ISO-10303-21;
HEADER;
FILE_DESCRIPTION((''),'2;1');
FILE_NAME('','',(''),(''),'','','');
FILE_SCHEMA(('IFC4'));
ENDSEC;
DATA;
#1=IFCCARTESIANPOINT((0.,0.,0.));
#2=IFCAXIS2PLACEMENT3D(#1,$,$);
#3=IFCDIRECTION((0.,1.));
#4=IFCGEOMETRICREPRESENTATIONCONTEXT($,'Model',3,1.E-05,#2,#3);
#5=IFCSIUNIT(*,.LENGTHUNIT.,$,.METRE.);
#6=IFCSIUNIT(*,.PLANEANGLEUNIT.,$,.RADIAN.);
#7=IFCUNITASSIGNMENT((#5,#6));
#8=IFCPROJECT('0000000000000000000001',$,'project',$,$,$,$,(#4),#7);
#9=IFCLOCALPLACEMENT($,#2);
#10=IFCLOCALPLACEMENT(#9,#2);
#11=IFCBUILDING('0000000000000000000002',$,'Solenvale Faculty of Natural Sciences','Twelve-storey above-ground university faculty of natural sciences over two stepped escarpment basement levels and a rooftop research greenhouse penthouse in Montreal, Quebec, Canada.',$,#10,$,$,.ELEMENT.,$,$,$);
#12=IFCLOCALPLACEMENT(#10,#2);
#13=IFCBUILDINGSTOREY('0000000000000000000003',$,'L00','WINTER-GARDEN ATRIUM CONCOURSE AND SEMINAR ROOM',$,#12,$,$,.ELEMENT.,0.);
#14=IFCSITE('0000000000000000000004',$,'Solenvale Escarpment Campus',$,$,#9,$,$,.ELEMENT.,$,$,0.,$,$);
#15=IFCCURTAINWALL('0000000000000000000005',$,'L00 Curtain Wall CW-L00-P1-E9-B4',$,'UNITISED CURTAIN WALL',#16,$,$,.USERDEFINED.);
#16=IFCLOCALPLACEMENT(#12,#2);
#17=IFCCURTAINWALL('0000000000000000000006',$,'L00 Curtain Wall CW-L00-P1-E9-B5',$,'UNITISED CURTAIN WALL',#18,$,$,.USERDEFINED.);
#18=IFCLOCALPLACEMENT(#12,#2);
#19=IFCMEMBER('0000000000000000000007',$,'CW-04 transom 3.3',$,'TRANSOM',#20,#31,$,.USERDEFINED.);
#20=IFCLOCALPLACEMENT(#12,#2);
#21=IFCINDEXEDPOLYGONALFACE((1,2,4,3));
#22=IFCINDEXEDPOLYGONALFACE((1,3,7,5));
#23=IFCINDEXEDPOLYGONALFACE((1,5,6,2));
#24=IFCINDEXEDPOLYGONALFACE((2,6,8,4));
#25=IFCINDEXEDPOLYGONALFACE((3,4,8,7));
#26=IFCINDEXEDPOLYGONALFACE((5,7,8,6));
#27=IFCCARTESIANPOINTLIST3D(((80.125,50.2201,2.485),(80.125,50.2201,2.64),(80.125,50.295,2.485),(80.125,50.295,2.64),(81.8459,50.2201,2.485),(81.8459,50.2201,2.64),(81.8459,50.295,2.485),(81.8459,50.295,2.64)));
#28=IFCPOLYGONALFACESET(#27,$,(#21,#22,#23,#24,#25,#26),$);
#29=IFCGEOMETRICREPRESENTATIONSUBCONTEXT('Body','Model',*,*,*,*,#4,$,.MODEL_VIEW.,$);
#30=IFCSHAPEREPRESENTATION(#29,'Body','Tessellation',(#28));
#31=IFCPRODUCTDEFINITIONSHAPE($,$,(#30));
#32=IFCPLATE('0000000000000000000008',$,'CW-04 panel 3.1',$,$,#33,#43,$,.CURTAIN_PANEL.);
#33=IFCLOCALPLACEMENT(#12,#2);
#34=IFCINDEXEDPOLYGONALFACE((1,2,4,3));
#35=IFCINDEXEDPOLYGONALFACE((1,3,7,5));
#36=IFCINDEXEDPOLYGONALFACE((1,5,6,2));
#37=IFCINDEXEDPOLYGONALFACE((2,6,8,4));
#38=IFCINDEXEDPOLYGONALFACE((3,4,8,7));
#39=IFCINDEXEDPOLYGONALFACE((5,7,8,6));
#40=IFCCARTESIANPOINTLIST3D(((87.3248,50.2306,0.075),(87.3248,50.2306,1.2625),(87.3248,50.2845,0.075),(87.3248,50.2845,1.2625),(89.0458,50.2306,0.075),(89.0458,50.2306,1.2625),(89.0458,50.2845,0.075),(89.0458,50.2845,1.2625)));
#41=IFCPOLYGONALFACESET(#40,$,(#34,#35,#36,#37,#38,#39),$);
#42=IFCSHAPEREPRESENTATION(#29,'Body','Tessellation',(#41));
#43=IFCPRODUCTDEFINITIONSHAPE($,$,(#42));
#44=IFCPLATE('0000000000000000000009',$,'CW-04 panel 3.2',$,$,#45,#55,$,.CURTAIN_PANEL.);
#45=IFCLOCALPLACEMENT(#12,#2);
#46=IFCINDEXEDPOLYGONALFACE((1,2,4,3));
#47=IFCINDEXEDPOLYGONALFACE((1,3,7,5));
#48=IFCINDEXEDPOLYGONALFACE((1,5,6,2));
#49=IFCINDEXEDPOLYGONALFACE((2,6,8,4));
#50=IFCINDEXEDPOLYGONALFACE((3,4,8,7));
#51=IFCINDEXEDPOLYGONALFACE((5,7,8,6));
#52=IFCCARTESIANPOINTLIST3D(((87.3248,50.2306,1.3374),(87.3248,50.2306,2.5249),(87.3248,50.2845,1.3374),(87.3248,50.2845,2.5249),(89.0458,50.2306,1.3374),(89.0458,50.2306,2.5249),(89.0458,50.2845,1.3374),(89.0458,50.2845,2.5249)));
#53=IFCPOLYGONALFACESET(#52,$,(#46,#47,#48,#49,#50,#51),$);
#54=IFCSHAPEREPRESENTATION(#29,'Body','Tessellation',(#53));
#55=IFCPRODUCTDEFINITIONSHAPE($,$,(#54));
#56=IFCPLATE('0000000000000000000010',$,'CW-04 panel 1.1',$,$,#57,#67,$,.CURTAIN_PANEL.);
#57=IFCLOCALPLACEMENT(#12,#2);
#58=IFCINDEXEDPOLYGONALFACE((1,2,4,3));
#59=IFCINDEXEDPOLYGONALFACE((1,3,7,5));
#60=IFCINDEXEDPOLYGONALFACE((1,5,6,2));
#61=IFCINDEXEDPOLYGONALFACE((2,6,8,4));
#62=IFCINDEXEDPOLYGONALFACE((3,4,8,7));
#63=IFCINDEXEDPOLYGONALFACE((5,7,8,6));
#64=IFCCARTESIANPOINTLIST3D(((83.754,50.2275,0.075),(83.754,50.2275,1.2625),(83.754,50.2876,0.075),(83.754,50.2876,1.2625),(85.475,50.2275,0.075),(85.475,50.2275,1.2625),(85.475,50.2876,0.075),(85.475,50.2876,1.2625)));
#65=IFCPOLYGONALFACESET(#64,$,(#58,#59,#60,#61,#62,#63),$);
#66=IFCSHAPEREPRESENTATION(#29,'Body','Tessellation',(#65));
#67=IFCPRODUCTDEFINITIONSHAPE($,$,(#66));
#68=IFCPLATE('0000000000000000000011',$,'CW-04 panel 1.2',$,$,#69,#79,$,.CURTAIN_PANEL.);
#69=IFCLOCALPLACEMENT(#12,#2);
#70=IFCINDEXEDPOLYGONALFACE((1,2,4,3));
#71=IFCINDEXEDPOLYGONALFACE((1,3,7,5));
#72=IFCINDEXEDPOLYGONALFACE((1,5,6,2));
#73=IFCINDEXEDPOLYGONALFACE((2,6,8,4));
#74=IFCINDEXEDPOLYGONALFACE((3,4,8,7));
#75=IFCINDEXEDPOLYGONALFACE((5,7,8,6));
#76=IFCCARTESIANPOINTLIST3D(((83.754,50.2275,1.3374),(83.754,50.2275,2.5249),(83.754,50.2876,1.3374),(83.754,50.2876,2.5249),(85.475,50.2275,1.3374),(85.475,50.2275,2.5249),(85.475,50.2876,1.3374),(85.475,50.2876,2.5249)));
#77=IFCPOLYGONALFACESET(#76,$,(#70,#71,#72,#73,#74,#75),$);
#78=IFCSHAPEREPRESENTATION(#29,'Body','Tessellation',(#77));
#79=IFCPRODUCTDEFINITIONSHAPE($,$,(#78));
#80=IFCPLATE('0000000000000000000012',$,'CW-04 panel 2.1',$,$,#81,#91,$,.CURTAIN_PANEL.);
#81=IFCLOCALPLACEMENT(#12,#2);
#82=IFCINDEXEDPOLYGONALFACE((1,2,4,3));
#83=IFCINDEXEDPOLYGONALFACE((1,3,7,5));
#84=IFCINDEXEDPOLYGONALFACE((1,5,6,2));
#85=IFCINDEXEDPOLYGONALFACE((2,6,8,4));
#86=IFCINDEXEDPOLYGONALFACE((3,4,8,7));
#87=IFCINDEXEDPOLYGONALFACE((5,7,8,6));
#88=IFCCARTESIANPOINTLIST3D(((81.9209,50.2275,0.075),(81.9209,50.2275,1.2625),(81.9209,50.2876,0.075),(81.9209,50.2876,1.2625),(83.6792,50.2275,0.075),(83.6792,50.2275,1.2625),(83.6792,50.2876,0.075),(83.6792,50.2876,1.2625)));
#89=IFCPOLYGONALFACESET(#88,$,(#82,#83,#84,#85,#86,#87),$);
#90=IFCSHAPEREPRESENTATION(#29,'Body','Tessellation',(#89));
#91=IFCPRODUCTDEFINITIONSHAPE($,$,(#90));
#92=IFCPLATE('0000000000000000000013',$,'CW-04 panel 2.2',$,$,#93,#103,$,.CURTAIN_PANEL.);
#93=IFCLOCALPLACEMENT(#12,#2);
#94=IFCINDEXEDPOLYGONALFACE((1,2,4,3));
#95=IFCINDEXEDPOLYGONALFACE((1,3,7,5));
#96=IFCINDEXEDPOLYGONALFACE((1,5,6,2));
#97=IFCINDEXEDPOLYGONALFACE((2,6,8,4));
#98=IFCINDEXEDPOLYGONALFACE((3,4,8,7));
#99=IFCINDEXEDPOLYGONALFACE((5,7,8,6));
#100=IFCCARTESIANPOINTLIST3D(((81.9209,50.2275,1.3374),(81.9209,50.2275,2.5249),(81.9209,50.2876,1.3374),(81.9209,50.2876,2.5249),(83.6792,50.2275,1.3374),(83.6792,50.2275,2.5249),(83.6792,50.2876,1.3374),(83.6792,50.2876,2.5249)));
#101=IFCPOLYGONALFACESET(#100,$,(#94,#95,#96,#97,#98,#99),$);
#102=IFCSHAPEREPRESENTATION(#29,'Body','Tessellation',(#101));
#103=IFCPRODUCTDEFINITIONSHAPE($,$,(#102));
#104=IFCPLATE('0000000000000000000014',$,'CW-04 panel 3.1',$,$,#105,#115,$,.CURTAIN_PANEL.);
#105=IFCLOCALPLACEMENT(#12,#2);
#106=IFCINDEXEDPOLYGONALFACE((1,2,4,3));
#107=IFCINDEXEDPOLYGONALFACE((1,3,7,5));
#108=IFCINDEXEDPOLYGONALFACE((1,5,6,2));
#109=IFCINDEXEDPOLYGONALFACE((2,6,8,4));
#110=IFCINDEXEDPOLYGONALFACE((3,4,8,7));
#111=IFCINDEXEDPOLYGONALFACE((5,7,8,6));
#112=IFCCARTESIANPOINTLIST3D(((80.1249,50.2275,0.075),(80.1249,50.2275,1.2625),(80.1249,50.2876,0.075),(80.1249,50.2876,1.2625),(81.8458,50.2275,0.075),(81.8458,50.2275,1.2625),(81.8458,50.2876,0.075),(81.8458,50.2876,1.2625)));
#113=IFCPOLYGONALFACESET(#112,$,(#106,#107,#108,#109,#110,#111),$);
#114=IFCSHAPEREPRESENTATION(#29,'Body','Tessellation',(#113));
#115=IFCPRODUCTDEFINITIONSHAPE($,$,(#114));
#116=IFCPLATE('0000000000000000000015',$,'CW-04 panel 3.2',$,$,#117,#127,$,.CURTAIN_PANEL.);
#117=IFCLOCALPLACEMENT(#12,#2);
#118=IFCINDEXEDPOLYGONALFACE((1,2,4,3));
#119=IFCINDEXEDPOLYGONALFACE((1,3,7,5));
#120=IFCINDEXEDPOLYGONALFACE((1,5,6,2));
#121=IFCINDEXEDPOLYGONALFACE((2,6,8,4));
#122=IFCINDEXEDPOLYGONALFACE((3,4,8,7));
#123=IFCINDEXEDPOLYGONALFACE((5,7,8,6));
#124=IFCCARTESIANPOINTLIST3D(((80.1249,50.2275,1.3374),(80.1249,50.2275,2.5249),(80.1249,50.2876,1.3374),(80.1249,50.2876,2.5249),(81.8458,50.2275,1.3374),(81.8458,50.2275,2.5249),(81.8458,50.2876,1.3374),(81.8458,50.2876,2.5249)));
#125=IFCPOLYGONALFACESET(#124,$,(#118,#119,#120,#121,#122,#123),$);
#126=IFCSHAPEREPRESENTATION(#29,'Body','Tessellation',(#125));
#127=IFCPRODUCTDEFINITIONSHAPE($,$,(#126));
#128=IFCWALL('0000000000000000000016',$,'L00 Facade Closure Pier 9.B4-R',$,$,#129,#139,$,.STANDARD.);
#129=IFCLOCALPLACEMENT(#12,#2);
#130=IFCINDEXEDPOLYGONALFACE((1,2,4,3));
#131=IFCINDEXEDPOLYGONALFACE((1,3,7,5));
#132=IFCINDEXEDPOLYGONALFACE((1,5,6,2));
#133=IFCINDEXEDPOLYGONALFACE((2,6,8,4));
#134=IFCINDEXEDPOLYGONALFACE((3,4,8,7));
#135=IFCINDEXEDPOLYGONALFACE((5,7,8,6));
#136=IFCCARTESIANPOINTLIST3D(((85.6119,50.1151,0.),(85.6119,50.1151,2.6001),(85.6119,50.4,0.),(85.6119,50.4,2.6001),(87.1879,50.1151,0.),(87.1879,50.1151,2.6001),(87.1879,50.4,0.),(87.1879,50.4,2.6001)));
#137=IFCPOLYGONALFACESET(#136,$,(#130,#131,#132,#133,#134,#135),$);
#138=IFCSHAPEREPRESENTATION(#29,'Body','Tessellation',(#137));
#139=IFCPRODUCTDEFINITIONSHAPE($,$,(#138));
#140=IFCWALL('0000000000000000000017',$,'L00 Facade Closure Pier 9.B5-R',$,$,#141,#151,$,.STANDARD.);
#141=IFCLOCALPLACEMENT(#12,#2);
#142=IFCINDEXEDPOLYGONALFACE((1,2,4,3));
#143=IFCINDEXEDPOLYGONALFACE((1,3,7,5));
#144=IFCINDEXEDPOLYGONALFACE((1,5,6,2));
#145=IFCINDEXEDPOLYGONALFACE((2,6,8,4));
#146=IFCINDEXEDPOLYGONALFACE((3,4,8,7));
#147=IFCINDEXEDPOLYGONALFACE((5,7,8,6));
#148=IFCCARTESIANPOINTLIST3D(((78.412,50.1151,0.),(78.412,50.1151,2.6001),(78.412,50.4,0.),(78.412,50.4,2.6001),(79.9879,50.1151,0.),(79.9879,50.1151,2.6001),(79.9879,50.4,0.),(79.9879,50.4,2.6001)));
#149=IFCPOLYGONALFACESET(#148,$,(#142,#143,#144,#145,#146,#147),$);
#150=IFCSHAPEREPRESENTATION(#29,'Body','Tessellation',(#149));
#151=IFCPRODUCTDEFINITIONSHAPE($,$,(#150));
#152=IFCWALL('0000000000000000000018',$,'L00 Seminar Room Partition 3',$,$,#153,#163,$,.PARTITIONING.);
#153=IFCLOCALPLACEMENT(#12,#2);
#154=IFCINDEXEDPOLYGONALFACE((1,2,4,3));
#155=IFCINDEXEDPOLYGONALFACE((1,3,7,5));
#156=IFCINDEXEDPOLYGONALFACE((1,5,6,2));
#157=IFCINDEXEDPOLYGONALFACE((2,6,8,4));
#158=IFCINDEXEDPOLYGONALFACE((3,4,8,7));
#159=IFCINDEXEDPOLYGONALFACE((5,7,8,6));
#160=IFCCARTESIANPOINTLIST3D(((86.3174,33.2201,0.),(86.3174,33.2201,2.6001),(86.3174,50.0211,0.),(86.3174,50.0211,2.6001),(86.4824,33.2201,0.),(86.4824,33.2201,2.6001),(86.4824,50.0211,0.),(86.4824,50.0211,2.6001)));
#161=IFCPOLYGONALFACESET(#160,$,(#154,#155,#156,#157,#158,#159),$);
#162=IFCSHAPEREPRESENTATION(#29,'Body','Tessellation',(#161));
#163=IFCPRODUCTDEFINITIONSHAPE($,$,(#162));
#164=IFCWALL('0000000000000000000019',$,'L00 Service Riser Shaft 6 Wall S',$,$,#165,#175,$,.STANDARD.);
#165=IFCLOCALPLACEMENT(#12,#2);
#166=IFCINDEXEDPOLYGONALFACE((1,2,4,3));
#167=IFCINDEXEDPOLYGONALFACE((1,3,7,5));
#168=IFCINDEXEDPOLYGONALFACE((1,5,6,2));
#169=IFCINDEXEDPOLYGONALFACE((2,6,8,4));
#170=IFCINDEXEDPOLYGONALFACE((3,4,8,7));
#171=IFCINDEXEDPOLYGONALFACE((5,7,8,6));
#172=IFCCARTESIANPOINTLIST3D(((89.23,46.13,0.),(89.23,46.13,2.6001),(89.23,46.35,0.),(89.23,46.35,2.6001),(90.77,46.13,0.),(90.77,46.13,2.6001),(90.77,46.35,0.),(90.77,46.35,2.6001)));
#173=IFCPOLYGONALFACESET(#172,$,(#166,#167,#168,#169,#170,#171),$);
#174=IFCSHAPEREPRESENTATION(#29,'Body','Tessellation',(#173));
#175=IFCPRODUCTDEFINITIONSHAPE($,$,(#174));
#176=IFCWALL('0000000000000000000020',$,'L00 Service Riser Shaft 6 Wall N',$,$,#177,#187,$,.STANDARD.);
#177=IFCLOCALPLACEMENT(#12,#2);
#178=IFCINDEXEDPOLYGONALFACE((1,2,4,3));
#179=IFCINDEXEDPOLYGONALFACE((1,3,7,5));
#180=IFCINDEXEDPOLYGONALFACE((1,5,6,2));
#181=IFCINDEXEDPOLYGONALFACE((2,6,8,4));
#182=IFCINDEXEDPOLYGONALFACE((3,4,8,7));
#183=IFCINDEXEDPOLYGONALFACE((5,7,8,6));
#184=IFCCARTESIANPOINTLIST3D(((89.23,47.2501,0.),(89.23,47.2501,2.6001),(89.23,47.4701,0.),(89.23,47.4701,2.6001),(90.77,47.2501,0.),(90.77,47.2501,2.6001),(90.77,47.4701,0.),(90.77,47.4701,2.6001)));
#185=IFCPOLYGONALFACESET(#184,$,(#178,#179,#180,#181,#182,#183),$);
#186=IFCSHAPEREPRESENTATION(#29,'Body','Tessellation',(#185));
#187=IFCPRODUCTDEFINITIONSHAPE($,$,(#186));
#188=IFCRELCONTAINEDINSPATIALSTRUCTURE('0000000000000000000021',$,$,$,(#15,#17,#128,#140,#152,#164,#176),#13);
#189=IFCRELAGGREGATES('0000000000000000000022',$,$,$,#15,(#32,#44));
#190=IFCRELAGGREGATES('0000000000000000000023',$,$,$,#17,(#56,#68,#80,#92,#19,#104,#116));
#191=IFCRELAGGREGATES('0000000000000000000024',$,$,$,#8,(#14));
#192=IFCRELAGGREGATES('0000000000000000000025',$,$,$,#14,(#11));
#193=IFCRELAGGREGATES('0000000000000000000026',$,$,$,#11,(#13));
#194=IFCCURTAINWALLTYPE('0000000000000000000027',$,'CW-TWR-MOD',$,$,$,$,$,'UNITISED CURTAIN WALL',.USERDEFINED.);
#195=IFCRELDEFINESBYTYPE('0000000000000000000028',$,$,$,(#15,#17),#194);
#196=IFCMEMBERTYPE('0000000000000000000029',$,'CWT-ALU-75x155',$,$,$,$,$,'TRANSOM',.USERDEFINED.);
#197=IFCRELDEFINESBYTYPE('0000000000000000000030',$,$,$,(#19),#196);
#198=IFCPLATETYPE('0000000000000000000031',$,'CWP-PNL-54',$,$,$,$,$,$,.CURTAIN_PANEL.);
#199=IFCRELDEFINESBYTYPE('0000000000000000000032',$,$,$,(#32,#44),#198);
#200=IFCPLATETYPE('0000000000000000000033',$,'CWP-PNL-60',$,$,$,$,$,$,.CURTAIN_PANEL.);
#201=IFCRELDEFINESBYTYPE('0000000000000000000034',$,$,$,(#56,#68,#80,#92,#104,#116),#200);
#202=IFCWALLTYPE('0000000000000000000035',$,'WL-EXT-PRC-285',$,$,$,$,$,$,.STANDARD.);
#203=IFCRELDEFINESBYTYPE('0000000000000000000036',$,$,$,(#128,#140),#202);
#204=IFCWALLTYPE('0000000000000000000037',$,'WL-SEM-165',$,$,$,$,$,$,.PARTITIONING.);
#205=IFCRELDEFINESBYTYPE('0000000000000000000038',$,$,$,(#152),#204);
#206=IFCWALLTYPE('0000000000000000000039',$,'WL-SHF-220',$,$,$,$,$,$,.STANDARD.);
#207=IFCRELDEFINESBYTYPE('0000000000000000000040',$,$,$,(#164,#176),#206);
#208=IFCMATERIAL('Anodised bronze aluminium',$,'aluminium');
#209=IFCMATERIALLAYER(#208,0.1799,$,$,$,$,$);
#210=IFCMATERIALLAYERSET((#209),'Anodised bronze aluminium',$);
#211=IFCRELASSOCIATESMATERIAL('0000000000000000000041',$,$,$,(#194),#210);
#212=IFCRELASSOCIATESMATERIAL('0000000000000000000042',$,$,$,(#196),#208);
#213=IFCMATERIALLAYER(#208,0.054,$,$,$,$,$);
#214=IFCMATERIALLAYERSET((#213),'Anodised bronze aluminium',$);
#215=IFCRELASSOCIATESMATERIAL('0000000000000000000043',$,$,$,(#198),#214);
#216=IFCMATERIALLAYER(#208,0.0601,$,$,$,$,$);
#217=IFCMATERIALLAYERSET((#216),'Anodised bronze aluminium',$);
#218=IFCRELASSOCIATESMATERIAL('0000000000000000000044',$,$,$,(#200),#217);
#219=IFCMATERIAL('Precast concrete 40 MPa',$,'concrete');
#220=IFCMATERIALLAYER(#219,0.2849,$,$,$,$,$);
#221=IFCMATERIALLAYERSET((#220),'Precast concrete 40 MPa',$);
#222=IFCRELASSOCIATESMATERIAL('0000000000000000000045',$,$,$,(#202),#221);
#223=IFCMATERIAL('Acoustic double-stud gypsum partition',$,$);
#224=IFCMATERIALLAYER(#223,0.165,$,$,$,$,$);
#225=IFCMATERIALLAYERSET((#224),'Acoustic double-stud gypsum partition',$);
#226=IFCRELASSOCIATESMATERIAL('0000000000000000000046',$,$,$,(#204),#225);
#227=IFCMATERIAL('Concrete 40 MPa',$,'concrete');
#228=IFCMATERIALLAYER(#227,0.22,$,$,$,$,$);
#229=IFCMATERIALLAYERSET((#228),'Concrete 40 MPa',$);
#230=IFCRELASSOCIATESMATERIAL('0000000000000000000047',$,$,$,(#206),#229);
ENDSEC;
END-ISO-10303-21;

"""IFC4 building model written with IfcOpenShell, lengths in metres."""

from ifc_helpers import new_model, si_unit, direction, frame, frame_2d, origin, origin_2d, place, context, subcontext, project, spatial, rectangle, extrude, material, layer, layer_set, material_profile, profile_set, type_object, element, aggregate, save


model = new_model("IFC4")

# Units and contexts
model_context = context("Model", 3, precision=1e-05, world=origin(), true_north=direction((0.0, 1.0)))
body_context = subcontext(model_context, "Body", "Model", "MODEL_VIEW")
ifc_project = project(units=[si_unit("LENGTHUNIT", "METRE"), si_unit("PLANEANGLEUNIT", "RADIAN")], contexts=[model_context])

# Site, building, storey
site_placement = place(None, origin())
site = spatial("IfcSite", under=ifc_project, at=site_placement, Name="Solenvale Escarpment Campus", CompositionType="ELEMENT", RefElevation=0.0)
building_placement = place(site_placement, origin())
building = spatial("IfcBuilding", under=site, at=building_placement, Name="Solenvale Faculty of Natural Sciences", Description="Twelve-storey above-ground university faculty of natural sciences over two stepped escarpment basement levels and a rooftop research greenhouse penthouse in Montreal, Quebec, Canada.", CompositionType="ELEMENT")
storey_placement = place(building_placement, origin())
storey = spatial("IfcBuildingStorey", under=building, at=storey_placement, Name="L00", Description="WINTER-GARDEN ATRIUM CONCOURSE AND SEMINAR ROOM", CompositionType="ELEMENT", Elevation=0.0)

# Shared definitions
ifc_material_1 = material(Name="Concrete 40 MPa", Category="concrete")

# Curtain walls
ifc_material_2 = material(Name="Anodised bronze aluminium", Category="aluminium")
ifc_layer_1 = layer(ifc_material_2, 0.1799)
ifc_layer_set_1 = layer_set([ifc_layer_1], Name="Anodised bronze aluminium")
curtain_wall_type = type_object("IfcCurtainWallType", Name="CW-TWR-MOD", ElementType="UNITISED CURTAIN WALL", PredefinedType="USERDEFINED", material=ifc_layer_set_1)
curtain_wall_1_placement = place(storey_placement, origin())
curtain_wall_1 = element("IfcCurtainWall", 1, at=curtain_wall_1_placement, inside=storey, type_object=curtain_wall_type, Name="L00 Curtain Wall CW-L00-P1-E9-B4", ObjectType="UNITISED CURTAIN WALL", PredefinedType="USERDEFINED")
curtain_wall_2_placement = place(storey_placement, origin())
curtain_wall_2 = element("IfcCurtainWall", 2, at=curtain_wall_2_placement, inside=storey, type_object=curtain_wall_type, Name="L00 Curtain Wall CW-L00-P1-E9-B5", ObjectType="UNITISED CURTAIN WALL", PredefinedType="USERDEFINED")

# Member
ifc_material_profile_1 = material_profile(ifc_material_2, rectangle(XDim=0.075, YDim=0.155, at=origin_2d()), Name="ALU-TRN-75x155")
ifc_profile_set_1 = profile_set([ifc_material_profile_1], Name="Anodised bronze aluminium")
member_type_1 = type_object("IfcMemberType", Name="CWT-ALU-75x155", ElementType="TRANSOM", PredefinedType="USERDEFINED", material=ifc_profile_set_1)
member_1_placement = place(storey_placement, frame((81.8459, 50.2576, 2.5625), z_axis=(-1.0, 0.0, 0.0), x_axis=(0.0, -1.0, 0.0)))
member_1 = element("IfcMember", 3, at=member_1_placement, type_object=member_type_1, Name="CW-04 transom 3.3", ObjectType="TRANSOM", PredefinedType="USERDEFINED", context=body_context, shape_type="SweptSolid", body=[
    extrude(rectangle(XDim=0.075, YDim=0.155, at=origin_2d()), origin(), (0.0, 0.0, 1.0), 1.7209),
])

# Plates
ifc_layer_2 = layer(ifc_material_2, 0.054)
ifc_layer_set_2 = layer_set([ifc_layer_2], Name="Anodised bronze aluminium")
plate_type_1 = type_object("IfcPlateType", Name="CWP-PNL-54", PredefinedType="CURTAIN_PANEL", material=ifc_layer_set_2)
plate_1_placement = place(storey_placement, frame((88.1853, 50.2576, 0.075), z_axis=(0.0, 0.0, 1.0), x_axis=(-1.0, 0.0, 0.0)))
plate_1 = element("IfcPlate", 4, at=plate_1_placement, type_object=plate_type_1, Name="CW-04 panel 3.1", PredefinedType="CURTAIN_PANEL", context=body_context, shape_type="SweptSolid", body=[
    extrude(rectangle(XDim=1.7209, YDim=0.054, at=origin_2d()), origin(), (0.0, 0.0, 1.0), 1.1875),
])
plate_2_placement = place(storey_placement, frame((88.1853, 50.2576, 1.3374), z_axis=(0.0, 0.0, 1.0), x_axis=(-1.0, 0.0, 0.0)))
plate_2 = element("IfcPlate", 5, at=plate_2_placement, type_object=plate_type_1, Name="CW-04 panel 3.2", PredefinedType="CURTAIN_PANEL", context=body_context, shape_type="SweptSolid", body=[
    extrude(rectangle(XDim=1.7209, YDim=0.054, at=origin_2d()), origin(), (0.0, 0.0, 1.0), 1.1875),
])
aggregate(curtain_wall_1, [plate_1, plate_2])
ifc_layer_3 = layer(ifc_material_2, 0.0601)
ifc_layer_set_3 = layer_set([ifc_layer_3], Name="Anodised bronze aluminium")
plate_type_2 = type_object("IfcPlateType", Name="CWP-PNL-60", PredefinedType="CURTAIN_PANEL", material=ifc_layer_set_3)
plate_3_placement = place(storey_placement, frame((84.6145, 50.2576, 0.075), z_axis=(0.0, 0.0, 1.0), x_axis=(-1.0, 0.0, 0.0)))
plate_3 = element("IfcPlate", 6, at=plate_3_placement, type_object=plate_type_2, Name="CW-04 panel 1.1", PredefinedType="CURTAIN_PANEL", context=body_context, shape_type="SweptSolid", body=[
    extrude(rectangle(XDim=1.7209, YDim=0.0601, at=origin_2d()), origin(), (0.0, 0.0, 1.0), 1.1875),
])
plate_4_placement = place(storey_placement, frame((84.6145, 50.2576, 1.3374), z_axis=(0.0, 0.0, 1.0), x_axis=(-1.0, 0.0, 0.0)))
plate_4 = element("IfcPlate", 7, at=plate_4_placement, type_object=plate_type_2, Name="CW-04 panel 1.2", PredefinedType="CURTAIN_PANEL", context=body_context, shape_type="SweptSolid", body=[
    extrude(rectangle(XDim=1.7209, YDim=0.0601, at=origin_2d()), origin(), (0.0, 0.0, 1.0), 1.1875),
])
plate_5_placement = place(storey_placement, frame((82.8, 50.2576, 0.075), z_axis=(0.0, 0.0, 1.0), x_axis=(-1.0, 0.0, 0.0)))
plate_5 = element("IfcPlate", 8, at=plate_5_placement, type_object=plate_type_2, Name="CW-04 panel 2.1", PredefinedType="CURTAIN_PANEL", context=body_context, shape_type="SweptSolid", body=[
    extrude(rectangle(XDim=1.7583, YDim=0.0601, at=origin_2d()), origin(), (0.0, 0.0, 1.0), 1.1875),
])
plate_6_placement = place(storey_placement, frame((82.8, 50.2576, 1.3374), z_axis=(0.0, 0.0, 1.0), x_axis=(-1.0, 0.0, 0.0)))
plate_6 = element("IfcPlate", 9, at=plate_6_placement, type_object=plate_type_2, Name="CW-04 panel 2.2", PredefinedType="CURTAIN_PANEL", context=body_context, shape_type="SweptSolid", body=[
    extrude(rectangle(XDim=1.7583, YDim=0.0601, at=origin_2d()), origin(), (0.0, 0.0, 1.0), 1.1875),
])
plate_7_placement = place(storey_placement, frame((80.9854, 50.2576, 0.075), z_axis=(0.0, 0.0, 1.0), x_axis=(-1.0, 0.0, 0.0)))
plate_7 = element("IfcPlate", 10, at=plate_7_placement, type_object=plate_type_2, Name="CW-04 panel 3.1", PredefinedType="CURTAIN_PANEL", context=body_context, shape_type="SweptSolid", body=[
    extrude(rectangle(XDim=1.7209, YDim=0.0601, at=origin_2d()), origin(), (0.0, 0.0, 1.0), 1.1875),
])
plate_8_placement = place(storey_placement, frame((80.9854, 50.2576, 1.3374), z_axis=(0.0, 0.0, 1.0), x_axis=(-1.0, 0.0, 0.0)))
plate_8 = element("IfcPlate", 11, at=plate_8_placement, type_object=plate_type_2, Name="CW-04 panel 3.2", PredefinedType="CURTAIN_PANEL", context=body_context, shape_type="SweptSolid", body=[
    extrude(rectangle(XDim=1.7209, YDim=0.0601, at=origin_2d()), origin(), (0.0, 0.0, 1.0), 1.1875),
])
aggregate(curtain_wall_2, [plate_3, plate_4, plate_5, plate_6, member_1, plate_7, plate_8])

# Walls
ifc_material_3 = material(Name="Precast concrete 40 MPa", Category="concrete")
ifc_layer_4 = layer(ifc_material_3, 0.2849)
ifc_layer_set_4 = layer_set([ifc_layer_4], Name="Precast concrete 40 MPa")
wall_type_1 = type_object("IfcWallType", Name="WL-EXT-PRC-285", PredefinedType="STANDARD", material=ifc_layer_set_4)
for number, where, z_axis, x_axis, name in (
    (12, (87.188, 50.2576, 0.0), (0.0, 0.0, 1.0), (-1.0, 0.0, 0.0), "L00 Facade Closure Pier 9.B4-R"),
    (13, (79.988, 50.2576, 0.0), (0.0, 0.0, 1.0), (-1.0, 0.0, 0.0), "L00 Facade Closure Pier 9.B5-R"),
):
    element("IfcWall", number, at=place(storey_placement, frame(where, z_axis=z_axis, x_axis=x_axis)), inside=storey, type_object=wall_type_1, Name=name, PredefinedType="STANDARD", context=body_context, shape_type="SweptSolid", body=[
        extrude(rectangle(XDim=1.5759, YDim=0.2849, at=frame_2d((0.7881, 0.0))), origin(), (0.0, 0.0, 1.0), 2.6001),
    ])
ifc_material_4 = material(Name="Acoustic double-stud gypsum partition")
ifc_layer_5 = layer(ifc_material_4, 0.165)
ifc_layer_set_5 = layer_set([ifc_layer_5], Name="Acoustic double-stud gypsum partition")
wall_type_2 = type_object("IfcWallType", Name="WL-SEM-165", PredefinedType="PARTITIONING", material=ifc_layer_set_5)
wall_1_placement = place(storey_placement, frame((86.3999, 50.021, 0.0), z_axis=(0.0, 0.0, 1.0), x_axis=(0.0, -1.0, 0.0)))
element("IfcWall", 14, at=wall_1_placement, inside=storey, type_object=wall_type_2, Name="L00 Seminar Room Partition 3", PredefinedType="PARTITIONING", context=body_context, shape_type="SweptSolid", body=[
    extrude(rectangle(XDim=16.801, YDim=0.165, at=frame_2d((8.4004, 0.0))), origin(), (0.0, 0.0, 1.0), 2.6001),
])
ifc_layer_6 = layer(ifc_material_1, 0.22)
ifc_layer_set_6 = layer_set([ifc_layer_6], Name="Concrete 40 MPa")
wall_type_3 = type_object("IfcWallType", Name="WL-SHF-220", PredefinedType="STANDARD", material=ifc_layer_set_6)
for number, where, z_axis, x_axis, name in (
    (15, (89.23, 46.24, 0.0), (0.0, 0.0, 1.0), (1.0, 0.0, 0.0), "L00 Service Riser Shaft 6 Wall S"),
    (16, (89.23, 47.3601, 0.0), (0.0, 0.0, 1.0), (1.0, 0.0, 0.0), "L00 Service Riser Shaft 6 Wall N"),
):
    element("IfcWall", number, at=place(storey_placement, frame(where, z_axis=z_axis, x_axis=x_axis)), inside=storey, type_object=wall_type_3, Name=name, PredefinedType="STANDARD", context=body_context, shape_type="SweptSolid", body=[
        extrude(rectangle(XDim=1.54, YDim=0.22, at=frame_2d((0.77, 0.0))), origin(), (0.0, 0.0, 1.0), 2.6001),
    ])

save(model, "model.ifc")
